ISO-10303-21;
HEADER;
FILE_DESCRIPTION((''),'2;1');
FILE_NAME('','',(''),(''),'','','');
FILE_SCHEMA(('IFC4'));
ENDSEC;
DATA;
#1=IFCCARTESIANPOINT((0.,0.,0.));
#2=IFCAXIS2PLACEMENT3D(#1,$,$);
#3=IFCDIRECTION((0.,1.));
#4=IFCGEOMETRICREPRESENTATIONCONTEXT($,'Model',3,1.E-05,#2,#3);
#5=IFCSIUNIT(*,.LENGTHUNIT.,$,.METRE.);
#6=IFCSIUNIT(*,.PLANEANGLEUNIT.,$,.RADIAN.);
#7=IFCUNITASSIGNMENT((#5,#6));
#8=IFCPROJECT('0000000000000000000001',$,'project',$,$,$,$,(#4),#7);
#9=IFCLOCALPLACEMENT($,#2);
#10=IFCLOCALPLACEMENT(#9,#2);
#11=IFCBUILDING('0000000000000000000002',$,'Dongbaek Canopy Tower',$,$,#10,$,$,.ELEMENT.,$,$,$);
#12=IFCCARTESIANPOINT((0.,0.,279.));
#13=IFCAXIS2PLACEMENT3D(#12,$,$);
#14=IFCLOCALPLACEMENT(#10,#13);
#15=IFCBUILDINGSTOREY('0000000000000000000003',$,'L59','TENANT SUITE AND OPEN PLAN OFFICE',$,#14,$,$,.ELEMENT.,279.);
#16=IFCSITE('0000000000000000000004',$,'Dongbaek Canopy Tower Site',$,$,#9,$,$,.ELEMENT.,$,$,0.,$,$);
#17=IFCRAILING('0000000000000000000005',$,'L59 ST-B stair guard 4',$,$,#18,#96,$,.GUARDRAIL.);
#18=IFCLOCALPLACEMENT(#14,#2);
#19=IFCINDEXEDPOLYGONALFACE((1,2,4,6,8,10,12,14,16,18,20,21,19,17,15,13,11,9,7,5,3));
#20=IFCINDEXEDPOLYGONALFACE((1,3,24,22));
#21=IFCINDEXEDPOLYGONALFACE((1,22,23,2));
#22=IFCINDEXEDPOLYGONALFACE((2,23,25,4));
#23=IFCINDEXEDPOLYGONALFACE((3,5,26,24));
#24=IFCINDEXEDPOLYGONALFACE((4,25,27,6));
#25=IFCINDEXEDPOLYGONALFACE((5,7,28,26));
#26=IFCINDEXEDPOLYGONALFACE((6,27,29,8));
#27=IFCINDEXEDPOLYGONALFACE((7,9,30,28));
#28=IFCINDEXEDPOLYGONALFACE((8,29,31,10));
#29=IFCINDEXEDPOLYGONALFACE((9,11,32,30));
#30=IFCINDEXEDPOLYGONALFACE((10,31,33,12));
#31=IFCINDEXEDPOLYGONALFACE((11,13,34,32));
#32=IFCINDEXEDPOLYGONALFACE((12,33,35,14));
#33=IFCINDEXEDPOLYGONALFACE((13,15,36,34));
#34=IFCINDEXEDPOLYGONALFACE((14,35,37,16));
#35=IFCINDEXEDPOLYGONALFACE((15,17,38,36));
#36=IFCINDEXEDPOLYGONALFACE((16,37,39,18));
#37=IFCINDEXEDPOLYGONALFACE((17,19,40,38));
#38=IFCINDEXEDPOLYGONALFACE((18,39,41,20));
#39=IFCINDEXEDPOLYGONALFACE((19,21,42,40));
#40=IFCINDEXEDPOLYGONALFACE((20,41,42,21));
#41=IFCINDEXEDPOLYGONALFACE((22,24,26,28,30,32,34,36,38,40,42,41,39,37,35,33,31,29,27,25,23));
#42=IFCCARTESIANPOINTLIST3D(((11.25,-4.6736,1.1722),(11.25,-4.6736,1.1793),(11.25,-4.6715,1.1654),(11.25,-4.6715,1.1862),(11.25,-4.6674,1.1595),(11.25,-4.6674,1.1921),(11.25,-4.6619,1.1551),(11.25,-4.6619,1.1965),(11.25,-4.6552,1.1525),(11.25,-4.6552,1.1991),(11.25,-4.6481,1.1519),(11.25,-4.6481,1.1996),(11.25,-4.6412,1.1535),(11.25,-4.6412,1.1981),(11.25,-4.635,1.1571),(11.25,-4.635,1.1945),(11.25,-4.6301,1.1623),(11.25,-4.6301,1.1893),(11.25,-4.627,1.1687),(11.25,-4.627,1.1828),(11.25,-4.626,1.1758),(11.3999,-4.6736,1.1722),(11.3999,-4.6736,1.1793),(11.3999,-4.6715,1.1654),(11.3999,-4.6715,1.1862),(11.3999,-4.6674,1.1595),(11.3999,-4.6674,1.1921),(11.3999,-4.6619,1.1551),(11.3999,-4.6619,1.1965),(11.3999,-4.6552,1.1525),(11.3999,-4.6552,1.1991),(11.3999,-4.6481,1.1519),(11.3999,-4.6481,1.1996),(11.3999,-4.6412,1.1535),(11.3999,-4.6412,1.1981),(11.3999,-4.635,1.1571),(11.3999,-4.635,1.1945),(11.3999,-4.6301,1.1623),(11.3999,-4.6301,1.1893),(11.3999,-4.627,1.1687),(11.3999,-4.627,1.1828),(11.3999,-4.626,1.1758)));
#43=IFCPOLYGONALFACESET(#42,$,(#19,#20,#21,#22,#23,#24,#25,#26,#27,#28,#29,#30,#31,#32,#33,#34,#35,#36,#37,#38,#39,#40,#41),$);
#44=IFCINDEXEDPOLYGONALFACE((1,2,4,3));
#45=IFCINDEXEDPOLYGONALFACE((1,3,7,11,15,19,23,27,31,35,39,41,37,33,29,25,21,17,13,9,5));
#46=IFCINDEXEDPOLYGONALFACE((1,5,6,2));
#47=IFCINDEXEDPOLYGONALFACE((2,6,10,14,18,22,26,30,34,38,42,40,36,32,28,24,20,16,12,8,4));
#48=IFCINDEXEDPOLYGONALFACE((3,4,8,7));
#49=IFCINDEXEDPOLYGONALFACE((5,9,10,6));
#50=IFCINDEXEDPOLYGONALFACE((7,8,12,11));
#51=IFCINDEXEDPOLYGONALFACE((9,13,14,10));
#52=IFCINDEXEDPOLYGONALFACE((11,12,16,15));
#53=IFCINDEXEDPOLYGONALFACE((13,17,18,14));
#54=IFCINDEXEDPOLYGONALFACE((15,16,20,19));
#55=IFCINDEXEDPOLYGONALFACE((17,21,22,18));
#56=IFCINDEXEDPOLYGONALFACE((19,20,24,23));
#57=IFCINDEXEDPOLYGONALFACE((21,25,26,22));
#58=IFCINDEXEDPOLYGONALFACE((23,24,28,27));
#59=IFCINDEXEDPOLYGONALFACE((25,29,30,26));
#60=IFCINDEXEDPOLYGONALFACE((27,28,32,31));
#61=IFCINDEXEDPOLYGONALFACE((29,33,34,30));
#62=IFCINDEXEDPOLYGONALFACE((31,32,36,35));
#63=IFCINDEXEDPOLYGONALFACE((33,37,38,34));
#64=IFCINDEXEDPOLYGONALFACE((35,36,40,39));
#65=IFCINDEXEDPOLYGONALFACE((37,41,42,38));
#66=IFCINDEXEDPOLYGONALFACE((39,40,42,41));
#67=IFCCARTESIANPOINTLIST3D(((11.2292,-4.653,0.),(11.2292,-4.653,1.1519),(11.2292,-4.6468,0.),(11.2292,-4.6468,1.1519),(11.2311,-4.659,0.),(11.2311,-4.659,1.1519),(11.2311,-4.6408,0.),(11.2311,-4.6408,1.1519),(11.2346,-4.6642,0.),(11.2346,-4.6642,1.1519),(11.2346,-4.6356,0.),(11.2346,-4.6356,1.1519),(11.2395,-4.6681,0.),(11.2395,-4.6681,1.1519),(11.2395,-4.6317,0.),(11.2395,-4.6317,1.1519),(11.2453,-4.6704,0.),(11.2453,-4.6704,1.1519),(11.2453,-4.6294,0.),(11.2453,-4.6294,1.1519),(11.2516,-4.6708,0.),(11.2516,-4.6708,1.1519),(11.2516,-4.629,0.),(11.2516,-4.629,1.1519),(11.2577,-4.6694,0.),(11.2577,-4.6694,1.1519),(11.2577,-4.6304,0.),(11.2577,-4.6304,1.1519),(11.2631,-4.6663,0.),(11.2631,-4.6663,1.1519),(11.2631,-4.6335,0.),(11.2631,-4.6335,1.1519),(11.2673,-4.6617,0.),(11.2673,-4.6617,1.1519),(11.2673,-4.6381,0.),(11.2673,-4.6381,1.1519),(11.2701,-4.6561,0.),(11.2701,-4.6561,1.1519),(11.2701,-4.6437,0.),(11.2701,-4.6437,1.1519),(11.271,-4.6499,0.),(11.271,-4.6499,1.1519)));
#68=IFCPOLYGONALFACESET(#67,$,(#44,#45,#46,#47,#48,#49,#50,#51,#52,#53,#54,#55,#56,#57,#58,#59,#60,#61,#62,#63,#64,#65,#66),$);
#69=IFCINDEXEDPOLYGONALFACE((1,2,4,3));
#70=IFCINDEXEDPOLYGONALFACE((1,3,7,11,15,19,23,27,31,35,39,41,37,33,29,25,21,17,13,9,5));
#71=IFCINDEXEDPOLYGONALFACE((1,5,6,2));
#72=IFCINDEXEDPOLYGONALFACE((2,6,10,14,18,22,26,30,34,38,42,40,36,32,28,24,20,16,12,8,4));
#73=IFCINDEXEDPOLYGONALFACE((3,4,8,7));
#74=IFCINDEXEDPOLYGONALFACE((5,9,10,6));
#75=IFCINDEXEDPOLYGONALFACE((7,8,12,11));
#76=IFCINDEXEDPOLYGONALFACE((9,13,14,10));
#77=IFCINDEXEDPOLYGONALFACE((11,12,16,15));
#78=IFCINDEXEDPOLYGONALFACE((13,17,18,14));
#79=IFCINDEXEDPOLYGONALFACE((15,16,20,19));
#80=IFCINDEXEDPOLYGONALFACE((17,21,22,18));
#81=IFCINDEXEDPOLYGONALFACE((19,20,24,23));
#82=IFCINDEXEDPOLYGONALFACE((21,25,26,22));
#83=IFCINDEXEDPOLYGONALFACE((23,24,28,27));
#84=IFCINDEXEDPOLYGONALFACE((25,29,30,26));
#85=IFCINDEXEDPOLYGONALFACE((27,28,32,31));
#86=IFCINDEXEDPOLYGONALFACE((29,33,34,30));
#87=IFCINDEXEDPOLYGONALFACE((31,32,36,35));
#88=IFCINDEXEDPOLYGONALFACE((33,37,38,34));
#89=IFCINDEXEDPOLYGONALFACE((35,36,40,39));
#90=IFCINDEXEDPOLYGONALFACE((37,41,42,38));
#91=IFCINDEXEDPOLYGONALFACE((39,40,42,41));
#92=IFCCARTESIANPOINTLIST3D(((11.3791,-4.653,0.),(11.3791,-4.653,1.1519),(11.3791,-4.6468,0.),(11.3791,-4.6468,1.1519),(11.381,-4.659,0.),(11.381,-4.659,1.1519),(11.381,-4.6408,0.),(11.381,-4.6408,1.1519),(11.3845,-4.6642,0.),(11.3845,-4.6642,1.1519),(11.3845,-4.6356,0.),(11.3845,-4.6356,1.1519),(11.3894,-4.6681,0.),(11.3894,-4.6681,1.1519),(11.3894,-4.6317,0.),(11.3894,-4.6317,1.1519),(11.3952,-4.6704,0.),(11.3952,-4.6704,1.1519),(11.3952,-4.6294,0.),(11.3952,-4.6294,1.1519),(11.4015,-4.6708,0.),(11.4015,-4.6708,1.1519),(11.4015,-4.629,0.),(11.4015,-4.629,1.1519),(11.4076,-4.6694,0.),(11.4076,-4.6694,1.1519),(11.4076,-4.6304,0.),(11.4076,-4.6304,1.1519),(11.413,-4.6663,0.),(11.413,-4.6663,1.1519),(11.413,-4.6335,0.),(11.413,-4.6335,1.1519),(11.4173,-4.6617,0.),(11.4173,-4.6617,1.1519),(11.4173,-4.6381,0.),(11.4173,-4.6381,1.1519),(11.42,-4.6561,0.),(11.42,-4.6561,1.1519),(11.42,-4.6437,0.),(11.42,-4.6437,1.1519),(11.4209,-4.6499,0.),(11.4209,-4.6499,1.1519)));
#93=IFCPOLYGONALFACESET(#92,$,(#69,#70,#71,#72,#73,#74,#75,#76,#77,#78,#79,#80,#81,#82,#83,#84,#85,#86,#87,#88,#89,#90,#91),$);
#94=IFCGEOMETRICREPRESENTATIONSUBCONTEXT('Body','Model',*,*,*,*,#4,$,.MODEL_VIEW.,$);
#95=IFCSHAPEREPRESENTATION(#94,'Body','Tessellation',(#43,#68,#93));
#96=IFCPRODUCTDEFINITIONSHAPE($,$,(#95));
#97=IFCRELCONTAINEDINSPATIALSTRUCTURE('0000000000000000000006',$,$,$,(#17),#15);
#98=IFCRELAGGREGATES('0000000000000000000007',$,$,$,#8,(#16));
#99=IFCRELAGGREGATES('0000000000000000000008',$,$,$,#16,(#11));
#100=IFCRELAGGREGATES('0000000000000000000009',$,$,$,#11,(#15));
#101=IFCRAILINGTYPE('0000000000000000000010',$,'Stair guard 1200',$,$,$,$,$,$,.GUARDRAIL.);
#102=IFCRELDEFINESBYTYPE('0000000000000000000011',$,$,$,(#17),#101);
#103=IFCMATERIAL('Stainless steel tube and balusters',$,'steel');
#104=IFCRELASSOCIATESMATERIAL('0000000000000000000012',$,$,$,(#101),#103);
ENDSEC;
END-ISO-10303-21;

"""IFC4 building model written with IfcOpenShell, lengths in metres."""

from ifc_helpers import new_model, si_unit, direction, frame, origin, origin_2d, place, context, subcontext, project, spatial, circle, extrude, material, type_object, element, save


model = new_model("IFC4")

# Units and contexts
model_context = context("Model", 3, precision=1e-05, world=origin(), true_north=direction((0.0, 1.0)))
body_context = subcontext(model_context, "Body", "Model", "MODEL_VIEW")
ifc_project = project(units=[si_unit("LENGTHUNIT", "METRE"), si_unit("PLANEANGLEUNIT", "RADIAN")], contexts=[model_context])

# Site, building, storey
site_placement = place(None, origin())
site = spatial("IfcSite", under=ifc_project, at=site_placement, Name="Dongbaek Canopy Tower Site", CompositionType="ELEMENT", RefElevation=0.0)
building_placement = place(site_placement, origin())
building = spatial("IfcBuilding", under=site, at=building_placement, Name="Dongbaek Canopy Tower", CompositionType="ELEMENT")
storey_placement = place(building_placement, frame((0.0, 0.0, 279.0)))
storey = spatial("IfcBuildingStorey", under=building, at=storey_placement, Name="L59", Description="TENANT SUITE AND OPEN PLAN OFFICE", CompositionType="ELEMENT", Elevation=279.0)

# Railing
ifc_material_1 = material(Name="Stainless steel tube and balusters", Category="steel")
railing_type_1 = type_object("IfcRailingType", Name="Stair guard 1200", PredefinedType="GUARDRAIL", material=ifc_material_1)
railing_1_placement = place(storey_placement, frame((11.25, -4.6499, 0.0)))
element("IfcRailing", 1, at=railing_1_placement, inside=storey, type_object=railing_type_1, Name="L59 ST-B stair guard 4", PredefinedType="GUARDRAIL", context=body_context, shape_type="SweptSolid", body=[
    extrude(circle(Radius=0.0239, at=origin_2d()), frame((0.0, 0.0, 1.1758), z_axis=(1.0, 0.0, 0.0), x_axis=(0.0, 1.0, 0.0)), (0.0, 0.0, 1.0), 0.1499),
    extrude(circle(Radius=0.021, at=origin_2d()), origin(), (0.0, 0.0, 1.0), 1.1519),
    extrude(circle(Radius=0.021, at=origin_2d()), frame((0.1499, 0.0, 0.0)), (0.0, 0.0, 1.0), 1.1519),
])

save(model, "model.ifc")
